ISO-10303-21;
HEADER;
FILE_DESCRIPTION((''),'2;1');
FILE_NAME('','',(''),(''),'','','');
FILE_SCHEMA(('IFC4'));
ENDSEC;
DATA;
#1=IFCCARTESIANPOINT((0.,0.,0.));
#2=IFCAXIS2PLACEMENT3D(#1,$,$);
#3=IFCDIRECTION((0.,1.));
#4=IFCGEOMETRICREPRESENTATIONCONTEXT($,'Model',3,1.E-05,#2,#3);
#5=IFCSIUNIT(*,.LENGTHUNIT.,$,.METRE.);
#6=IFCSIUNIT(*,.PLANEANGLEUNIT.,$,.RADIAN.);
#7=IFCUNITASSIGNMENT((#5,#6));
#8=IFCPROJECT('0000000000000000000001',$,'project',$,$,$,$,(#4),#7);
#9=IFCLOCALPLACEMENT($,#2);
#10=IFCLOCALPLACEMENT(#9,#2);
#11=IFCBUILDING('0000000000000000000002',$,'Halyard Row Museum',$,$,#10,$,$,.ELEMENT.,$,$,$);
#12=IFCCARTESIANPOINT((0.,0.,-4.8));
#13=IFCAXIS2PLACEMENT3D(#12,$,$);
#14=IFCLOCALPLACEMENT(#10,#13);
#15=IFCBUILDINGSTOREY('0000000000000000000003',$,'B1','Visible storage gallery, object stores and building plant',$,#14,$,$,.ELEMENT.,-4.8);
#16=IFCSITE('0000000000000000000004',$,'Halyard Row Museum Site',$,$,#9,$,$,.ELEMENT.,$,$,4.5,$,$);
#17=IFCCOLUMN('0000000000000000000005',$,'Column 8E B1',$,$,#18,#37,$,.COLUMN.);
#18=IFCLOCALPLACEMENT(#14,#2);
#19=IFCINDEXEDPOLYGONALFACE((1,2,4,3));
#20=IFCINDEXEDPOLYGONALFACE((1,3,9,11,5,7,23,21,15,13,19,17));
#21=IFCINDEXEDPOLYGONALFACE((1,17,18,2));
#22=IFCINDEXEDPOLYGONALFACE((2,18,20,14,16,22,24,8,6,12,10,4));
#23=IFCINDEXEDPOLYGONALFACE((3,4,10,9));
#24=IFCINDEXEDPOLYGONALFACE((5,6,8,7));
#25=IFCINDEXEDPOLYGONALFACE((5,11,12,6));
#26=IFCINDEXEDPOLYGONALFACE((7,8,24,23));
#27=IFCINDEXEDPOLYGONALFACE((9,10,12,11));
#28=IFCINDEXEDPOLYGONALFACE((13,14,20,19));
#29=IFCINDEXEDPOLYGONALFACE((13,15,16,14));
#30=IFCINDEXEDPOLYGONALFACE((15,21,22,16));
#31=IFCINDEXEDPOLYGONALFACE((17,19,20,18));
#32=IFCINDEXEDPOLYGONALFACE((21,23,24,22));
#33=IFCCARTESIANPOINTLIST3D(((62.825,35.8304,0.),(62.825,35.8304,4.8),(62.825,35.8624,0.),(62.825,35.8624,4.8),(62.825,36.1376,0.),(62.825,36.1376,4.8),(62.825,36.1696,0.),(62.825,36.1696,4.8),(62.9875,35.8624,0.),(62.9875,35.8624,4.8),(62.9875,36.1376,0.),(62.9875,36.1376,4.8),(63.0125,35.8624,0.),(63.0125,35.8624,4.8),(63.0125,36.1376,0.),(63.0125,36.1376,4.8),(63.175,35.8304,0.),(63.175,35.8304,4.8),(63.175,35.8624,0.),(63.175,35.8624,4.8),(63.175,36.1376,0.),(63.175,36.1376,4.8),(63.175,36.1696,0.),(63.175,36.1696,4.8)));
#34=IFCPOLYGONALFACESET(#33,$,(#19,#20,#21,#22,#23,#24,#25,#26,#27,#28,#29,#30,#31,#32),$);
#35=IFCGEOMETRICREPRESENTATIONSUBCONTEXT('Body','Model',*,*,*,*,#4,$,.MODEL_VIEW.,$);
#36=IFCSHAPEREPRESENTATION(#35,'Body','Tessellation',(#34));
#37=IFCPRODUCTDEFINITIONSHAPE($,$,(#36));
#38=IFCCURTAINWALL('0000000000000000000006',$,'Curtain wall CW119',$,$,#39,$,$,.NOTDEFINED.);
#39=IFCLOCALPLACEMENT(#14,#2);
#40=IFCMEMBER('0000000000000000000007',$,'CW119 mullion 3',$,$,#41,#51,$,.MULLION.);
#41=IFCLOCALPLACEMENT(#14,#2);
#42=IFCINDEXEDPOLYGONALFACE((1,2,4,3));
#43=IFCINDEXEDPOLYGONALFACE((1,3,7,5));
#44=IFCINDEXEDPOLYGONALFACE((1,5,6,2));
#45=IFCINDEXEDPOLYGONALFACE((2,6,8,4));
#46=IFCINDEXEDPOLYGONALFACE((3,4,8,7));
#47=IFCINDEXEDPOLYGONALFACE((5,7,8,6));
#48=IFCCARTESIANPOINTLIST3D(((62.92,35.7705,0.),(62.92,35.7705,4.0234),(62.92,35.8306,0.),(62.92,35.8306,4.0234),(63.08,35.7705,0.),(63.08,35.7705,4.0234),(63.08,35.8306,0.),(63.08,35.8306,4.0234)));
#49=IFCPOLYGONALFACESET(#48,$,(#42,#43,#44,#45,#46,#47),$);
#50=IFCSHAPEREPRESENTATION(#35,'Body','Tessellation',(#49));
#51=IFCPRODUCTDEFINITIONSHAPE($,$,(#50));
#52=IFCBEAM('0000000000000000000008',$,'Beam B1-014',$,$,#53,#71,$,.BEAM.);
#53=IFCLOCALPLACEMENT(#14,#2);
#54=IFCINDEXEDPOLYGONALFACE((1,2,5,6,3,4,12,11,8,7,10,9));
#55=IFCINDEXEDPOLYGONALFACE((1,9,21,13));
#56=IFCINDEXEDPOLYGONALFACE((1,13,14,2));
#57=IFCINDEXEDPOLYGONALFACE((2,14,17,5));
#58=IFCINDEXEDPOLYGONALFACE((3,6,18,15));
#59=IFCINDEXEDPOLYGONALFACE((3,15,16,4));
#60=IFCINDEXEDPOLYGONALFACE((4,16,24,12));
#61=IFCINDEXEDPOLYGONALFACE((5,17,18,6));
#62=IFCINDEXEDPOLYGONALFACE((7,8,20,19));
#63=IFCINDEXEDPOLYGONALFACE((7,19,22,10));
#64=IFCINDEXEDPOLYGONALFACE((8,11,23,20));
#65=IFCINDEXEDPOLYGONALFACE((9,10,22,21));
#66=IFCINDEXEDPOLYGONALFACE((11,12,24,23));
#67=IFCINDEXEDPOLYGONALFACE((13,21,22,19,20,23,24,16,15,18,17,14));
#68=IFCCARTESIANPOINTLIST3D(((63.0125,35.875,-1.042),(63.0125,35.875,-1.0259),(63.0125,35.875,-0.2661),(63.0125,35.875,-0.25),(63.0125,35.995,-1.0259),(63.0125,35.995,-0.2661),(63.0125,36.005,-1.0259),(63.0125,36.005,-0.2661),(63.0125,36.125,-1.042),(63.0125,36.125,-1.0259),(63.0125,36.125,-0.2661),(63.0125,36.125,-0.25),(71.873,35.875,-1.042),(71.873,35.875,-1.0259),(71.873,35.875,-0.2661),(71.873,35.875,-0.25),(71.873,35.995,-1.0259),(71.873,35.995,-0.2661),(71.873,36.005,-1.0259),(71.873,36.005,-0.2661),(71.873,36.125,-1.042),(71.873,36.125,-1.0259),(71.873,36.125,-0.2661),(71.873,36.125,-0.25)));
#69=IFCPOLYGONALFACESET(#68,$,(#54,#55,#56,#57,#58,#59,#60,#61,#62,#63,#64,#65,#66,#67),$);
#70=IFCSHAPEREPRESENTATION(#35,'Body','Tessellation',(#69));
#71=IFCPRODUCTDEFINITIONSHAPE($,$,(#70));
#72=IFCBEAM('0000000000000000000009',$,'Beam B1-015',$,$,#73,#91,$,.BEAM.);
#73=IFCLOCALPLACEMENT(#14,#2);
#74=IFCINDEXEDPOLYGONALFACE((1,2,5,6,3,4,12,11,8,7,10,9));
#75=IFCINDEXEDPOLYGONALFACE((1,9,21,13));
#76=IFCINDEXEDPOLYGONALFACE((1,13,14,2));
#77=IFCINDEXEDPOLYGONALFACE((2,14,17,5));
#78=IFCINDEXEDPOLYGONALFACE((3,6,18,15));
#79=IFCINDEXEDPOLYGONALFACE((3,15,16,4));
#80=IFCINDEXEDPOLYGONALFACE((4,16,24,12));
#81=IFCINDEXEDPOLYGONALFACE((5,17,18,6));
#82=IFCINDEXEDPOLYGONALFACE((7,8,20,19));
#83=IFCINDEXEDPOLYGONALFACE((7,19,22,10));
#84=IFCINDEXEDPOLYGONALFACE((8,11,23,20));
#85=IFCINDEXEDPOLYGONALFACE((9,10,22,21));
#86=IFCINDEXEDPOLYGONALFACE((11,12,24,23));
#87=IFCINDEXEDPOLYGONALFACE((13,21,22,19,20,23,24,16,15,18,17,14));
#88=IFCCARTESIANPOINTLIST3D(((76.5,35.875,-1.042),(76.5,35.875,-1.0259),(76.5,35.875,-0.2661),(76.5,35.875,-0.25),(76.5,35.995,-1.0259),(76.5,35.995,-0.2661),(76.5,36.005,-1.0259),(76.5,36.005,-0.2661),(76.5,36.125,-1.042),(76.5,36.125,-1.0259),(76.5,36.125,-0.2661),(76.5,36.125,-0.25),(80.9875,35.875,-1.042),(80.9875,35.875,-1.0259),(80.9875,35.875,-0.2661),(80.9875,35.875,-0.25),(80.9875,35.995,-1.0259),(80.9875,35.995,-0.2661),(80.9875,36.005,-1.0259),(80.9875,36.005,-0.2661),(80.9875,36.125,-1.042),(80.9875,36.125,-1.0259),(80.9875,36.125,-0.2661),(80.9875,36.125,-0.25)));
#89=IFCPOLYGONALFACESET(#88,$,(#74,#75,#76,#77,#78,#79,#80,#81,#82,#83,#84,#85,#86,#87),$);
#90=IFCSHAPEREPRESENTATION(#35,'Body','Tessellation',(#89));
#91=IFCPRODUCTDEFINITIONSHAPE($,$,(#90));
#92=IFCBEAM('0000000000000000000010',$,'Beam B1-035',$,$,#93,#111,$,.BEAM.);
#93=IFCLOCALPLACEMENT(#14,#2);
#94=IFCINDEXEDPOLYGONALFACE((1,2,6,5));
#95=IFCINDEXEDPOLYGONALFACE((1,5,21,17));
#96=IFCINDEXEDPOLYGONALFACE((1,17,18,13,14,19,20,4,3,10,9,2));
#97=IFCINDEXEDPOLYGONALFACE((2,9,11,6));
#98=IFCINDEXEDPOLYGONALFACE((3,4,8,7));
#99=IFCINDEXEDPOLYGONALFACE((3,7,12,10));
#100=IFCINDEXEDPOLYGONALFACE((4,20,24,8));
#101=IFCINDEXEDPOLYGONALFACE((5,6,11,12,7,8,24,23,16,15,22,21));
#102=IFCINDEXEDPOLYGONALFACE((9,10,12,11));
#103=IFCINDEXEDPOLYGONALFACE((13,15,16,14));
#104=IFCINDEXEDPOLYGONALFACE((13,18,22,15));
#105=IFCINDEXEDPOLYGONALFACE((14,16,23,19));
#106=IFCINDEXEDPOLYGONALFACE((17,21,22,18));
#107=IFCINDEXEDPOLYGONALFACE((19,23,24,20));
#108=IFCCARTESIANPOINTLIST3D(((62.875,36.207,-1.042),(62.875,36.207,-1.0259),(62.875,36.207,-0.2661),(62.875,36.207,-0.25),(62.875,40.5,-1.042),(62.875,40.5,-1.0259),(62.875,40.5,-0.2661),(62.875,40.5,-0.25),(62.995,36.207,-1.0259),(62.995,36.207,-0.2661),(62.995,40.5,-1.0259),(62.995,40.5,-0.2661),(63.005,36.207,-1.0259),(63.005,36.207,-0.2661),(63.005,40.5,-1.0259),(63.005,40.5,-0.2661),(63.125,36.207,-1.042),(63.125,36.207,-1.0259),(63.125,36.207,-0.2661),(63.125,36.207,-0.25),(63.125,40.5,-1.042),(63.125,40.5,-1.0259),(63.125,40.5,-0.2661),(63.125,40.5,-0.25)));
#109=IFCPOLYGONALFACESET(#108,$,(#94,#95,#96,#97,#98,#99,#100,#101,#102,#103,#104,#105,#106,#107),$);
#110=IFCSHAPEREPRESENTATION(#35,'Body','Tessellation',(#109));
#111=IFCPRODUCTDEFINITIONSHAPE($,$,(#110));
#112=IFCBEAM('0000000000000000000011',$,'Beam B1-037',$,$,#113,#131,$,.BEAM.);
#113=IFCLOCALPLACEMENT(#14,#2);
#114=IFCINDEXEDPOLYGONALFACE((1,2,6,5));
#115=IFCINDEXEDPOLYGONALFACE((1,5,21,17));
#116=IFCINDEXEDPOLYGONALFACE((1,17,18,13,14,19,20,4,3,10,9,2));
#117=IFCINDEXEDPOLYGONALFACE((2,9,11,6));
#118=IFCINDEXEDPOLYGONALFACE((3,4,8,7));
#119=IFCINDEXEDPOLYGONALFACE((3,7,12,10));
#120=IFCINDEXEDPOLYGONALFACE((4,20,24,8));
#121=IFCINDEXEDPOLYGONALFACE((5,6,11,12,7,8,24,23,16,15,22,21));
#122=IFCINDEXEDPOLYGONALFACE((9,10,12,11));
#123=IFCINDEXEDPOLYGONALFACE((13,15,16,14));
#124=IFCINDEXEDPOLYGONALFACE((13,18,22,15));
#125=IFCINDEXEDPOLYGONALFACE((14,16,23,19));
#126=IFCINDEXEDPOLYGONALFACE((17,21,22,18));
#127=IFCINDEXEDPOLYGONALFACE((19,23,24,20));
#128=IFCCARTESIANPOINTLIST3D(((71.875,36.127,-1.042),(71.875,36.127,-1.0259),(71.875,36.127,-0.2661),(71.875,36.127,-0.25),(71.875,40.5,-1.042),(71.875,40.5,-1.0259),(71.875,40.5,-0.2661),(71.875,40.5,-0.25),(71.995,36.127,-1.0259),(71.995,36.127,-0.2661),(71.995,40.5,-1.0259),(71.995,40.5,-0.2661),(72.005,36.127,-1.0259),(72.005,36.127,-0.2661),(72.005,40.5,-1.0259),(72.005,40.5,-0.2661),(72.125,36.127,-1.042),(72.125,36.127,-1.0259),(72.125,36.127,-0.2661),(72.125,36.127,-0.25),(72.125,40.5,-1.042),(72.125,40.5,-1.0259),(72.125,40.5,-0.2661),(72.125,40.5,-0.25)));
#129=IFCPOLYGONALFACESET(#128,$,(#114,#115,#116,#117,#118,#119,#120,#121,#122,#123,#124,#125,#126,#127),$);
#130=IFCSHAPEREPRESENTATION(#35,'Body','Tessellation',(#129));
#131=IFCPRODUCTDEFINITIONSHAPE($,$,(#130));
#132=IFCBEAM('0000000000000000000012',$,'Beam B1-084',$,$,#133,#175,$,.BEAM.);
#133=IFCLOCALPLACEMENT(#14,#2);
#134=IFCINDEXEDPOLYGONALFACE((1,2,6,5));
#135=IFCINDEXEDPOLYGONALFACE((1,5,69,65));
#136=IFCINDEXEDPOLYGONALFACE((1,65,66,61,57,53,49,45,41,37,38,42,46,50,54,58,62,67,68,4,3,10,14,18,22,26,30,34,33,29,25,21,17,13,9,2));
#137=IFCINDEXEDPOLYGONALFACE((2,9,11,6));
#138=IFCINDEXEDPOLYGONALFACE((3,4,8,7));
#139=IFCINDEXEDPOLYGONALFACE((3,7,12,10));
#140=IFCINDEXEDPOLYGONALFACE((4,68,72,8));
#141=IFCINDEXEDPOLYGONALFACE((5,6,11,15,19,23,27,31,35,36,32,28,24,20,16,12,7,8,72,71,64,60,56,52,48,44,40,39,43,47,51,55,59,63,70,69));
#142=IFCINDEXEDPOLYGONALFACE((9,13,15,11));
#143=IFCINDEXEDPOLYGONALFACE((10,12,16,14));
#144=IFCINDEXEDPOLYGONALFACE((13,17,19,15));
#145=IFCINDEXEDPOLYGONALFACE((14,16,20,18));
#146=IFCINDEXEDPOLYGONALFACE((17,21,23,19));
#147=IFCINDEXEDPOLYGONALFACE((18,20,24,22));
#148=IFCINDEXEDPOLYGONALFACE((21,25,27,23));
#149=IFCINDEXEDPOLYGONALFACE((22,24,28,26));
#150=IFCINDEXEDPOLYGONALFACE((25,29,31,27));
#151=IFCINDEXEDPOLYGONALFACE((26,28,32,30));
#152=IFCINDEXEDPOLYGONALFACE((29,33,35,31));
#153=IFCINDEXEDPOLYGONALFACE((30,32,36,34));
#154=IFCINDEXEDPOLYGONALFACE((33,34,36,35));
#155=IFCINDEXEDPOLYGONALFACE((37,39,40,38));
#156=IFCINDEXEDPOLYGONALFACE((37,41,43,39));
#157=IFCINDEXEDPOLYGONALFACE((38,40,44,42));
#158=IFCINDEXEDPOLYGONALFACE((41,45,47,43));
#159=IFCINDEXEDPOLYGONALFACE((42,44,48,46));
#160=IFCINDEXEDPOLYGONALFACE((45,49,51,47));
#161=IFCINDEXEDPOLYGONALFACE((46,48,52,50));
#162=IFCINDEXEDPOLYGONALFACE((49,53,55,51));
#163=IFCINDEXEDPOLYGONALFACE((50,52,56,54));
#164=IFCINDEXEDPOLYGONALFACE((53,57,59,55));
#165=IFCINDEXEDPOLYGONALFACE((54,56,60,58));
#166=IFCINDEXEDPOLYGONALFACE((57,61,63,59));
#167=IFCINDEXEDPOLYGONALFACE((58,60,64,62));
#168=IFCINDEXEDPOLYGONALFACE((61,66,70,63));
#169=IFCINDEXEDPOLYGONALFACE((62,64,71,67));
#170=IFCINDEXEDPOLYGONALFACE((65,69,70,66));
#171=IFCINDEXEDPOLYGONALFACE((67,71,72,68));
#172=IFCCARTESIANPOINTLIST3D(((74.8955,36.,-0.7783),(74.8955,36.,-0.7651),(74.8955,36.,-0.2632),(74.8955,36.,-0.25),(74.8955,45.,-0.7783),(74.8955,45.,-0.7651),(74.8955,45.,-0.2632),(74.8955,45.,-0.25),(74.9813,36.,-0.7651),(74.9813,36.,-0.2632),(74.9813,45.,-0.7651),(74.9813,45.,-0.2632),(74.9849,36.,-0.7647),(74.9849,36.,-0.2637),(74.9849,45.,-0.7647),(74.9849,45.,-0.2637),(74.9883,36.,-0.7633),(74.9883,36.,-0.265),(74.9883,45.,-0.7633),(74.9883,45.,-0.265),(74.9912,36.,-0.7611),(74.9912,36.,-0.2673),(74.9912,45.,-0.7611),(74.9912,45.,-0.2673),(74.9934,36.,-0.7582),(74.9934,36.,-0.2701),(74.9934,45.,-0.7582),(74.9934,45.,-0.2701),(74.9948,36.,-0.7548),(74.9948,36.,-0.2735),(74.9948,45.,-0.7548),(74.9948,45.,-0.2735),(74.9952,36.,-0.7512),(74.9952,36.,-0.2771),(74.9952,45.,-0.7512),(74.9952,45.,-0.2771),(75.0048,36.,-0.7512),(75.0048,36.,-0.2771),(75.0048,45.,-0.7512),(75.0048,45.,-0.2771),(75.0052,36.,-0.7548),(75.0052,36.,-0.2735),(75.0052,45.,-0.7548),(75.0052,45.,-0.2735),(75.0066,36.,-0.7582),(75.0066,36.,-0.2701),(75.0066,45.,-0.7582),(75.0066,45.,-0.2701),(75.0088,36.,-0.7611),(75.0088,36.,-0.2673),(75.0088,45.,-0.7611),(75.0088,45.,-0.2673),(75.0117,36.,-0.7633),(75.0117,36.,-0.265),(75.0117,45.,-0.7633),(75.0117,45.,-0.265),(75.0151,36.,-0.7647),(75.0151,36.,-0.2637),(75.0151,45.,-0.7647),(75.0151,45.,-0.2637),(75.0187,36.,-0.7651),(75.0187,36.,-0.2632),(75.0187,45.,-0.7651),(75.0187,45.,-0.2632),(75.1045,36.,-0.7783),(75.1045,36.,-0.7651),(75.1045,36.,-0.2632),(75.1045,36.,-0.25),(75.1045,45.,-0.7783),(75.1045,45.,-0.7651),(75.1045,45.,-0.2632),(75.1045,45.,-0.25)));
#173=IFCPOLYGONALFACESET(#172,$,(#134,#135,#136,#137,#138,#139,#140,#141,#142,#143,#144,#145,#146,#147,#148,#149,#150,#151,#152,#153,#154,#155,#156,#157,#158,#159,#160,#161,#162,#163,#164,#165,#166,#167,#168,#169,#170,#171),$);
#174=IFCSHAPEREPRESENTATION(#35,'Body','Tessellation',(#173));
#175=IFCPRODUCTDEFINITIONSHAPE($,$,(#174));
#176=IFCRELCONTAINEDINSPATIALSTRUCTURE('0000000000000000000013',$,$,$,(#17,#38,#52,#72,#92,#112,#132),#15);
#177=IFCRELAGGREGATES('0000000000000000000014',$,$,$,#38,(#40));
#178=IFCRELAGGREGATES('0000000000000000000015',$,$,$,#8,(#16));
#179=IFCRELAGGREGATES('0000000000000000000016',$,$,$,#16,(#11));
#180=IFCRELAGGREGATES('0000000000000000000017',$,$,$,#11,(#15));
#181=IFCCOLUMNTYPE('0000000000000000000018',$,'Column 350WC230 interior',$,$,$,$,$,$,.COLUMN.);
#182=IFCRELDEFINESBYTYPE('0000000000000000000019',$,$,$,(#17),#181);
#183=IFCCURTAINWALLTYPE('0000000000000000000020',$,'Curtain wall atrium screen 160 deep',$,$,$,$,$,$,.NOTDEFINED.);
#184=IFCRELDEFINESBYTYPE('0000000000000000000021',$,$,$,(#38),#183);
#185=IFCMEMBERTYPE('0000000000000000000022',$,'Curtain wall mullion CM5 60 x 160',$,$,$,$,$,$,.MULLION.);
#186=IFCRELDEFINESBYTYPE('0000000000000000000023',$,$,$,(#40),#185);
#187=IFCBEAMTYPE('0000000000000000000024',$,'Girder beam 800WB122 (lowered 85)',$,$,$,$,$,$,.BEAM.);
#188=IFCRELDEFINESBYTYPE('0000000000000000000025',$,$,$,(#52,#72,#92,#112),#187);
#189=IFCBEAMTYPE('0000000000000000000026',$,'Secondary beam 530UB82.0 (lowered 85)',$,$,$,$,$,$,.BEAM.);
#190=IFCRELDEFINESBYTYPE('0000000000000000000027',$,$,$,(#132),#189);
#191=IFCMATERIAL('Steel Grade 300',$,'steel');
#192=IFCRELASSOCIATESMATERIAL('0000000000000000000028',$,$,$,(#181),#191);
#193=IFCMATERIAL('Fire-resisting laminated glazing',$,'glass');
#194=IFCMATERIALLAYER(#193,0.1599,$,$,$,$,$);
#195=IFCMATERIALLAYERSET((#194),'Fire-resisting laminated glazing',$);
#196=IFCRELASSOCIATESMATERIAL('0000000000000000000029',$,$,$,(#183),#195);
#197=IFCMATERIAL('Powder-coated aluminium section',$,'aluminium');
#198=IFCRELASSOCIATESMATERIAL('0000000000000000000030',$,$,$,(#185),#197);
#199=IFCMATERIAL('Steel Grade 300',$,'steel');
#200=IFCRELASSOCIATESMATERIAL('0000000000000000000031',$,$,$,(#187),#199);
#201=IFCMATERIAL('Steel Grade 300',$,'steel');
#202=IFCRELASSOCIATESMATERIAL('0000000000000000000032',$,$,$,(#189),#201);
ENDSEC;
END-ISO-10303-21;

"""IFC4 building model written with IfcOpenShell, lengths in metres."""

from ifc_helpers import new_model, si_unit, direction, frame, origin, origin_2d, place, context, subcontext, project, spatial, rectangle, i_section, extrude, material, layer, layer_set, material_profile, profile_set, type_object, element, aggregate, save


model = new_model("IFC4")

# Units and contexts
model_context = context("Model", 3, precision=1e-05, world=origin(), true_north=direction((0.0, 1.0)))
body_context = subcontext(model_context, "Body", "Model", "MODEL_VIEW")
ifc_project = project(units=[si_unit("LENGTHUNIT", "METRE"), si_unit("PLANEANGLEUNIT", "RADIAN")], contexts=[model_context])

# Site, building, storey
site_placement = place(None, origin())
site = spatial("IfcSite", under=ifc_project, at=site_placement, Name="Halyard Row Museum Site", CompositionType="ELEMENT", RefElevation=4.5)
building_placement = place(site_placement, origin())
building = spatial("IfcBuilding", under=site, at=building_placement, Name="Halyard Row Museum", CompositionType="ELEMENT")
storey_placement = place(building_placement, frame((0.0, 0.0, -4.8)))
storey = spatial("IfcBuildingStorey", under=building, at=storey_placement, Name="B1", Description="Visible storage gallery, object stores and building plant", CompositionType="ELEMENT", Elevation=-4.8)

# Column
ifc_material_1 = material(Name="Steel Grade 300", Category="steel")
ifc_material_profile_1 = material_profile(ifc_material_1, i_section(OverallWidth=0.3501, OverallDepth=0.3391, WebThickness=0.0249, FlangeThickness=0.032, at=origin_2d()), Name="350WC230")
ifc_profile_set_1 = profile_set([ifc_material_profile_1], Name="Steel Grade 300")
column_type = type_object("IfcColumnType", Name="Column 350WC230 interior", PredefinedType="COLUMN", material=ifc_profile_set_1)
column_placement = place(storey_placement, frame((63.0, 36.0, 0.0), z_axis=(0.0, 0.0, 1.0), x_axis=(1.0, 0.0, 0.0)))
element("IfcColumn", 1, at=column_placement, inside=storey, type_object=column_type, Name="Column 8E B1", PredefinedType="COLUMN", context=body_context, shape_type="SweptSolid", body=[
    extrude(i_section(OverallWidth=0.3501, OverallDepth=0.3391, WebThickness=0.0249, FlangeThickness=0.032, at=origin_2d()), origin(), (0.0, 0.0, 1.0), 4.8),
])

# Curtain wall, member
ifc_material_2 = material(Name="Fire-resisting laminated glazing", Category="glass")
ifc_layer_1 = layer(ifc_material_2, 0.1599)
ifc_layer_set_1 = layer_set([ifc_layer_1], Name="Fire-resisting laminated glazing")
curtain_wall_type = type_object("IfcCurtainWallType", Name="Curtain wall atrium screen 160 deep", PredefinedType="NOTDEFINED", material=ifc_layer_set_1)
curtain_wall_placement = place(storey_placement, origin())
curtain_wall = element("IfcCurtainWall", 2, at=curtain_wall_placement, inside=storey, type_object=curtain_wall_type, Name="Curtain wall CW119", PredefinedType="NOTDEFINED")
ifc_material_3 = material(Name="Powder-coated aluminium section", Category="aluminium")
ifc_material_profile_2 = material_profile(ifc_material_3, rectangle(XDim=0.1599, YDim=0.0601, at=origin_2d()), Name="160x60 mullion")
ifc_profile_set_2 = profile_set([ifc_material_profile_2], Name="Powder-coated aluminium section")
member_type = type_object("IfcMemberType", Name="Curtain wall mullion CM5 60 x 160", PredefinedType="MULLION", material=ifc_profile_set_2)
member_placement = place(storey_placement, frame((63.0, 35.8005, 0.0), z_axis=(0.0, 0.0, 1.0), x_axis=(-1.0, 0.0, 0.0)))
member = element("IfcMember", 3, at=member_placement, type_object=member_type, Name="CW119 mullion 3", PredefinedType="MULLION", context=body_context, shape_type="SweptSolid", body=[
    extrude(rectangle(XDim=0.1599, YDim=0.0601, at=origin_2d()), origin(), (0.0, 0.0, 1.0), 4.0234),
])
aggregate(curtain_wall, [member])

# Beams
ifc_material_4 = material(Name="Steel Grade 300", Category="steel")
ifc_material_profile_3 = material_profile(ifc_material_4, i_section(OverallWidth=0.25, OverallDepth=0.792, WebThickness=0.01, FlangeThickness=0.0161, at=origin_2d()), Name="800WB122")
ifc_profile_set_3 = profile_set([ifc_material_profile_3], Name="Steel Grade 300")
beam_type_1 = type_object("IfcBeamType", Name="Girder beam 800WB122 (lowered 85)", PredefinedType="BEAM", material=ifc_profile_set_3)
beam_1_placement = place(storey_placement, frame((63.0125, 36.0, -0.646), z_axis=(1.0, 0.0, 0.0), x_axis=(0.0, 1.0, 0.0)))
element("IfcBeam", 4, at=beam_1_placement, inside=storey, type_object=beam_type_1, Name="Beam B1-014", PredefinedType="BEAM", context=body_context, shape_type="SweptSolid", body=[
    extrude(i_section(OverallWidth=0.25, OverallDepth=0.792, WebThickness=0.01, FlangeThickness=0.0161, at=origin_2d()), origin(), (0.0, 0.0, 1.0), 8.8606),
])
beam_2_placement = place(storey_placement, frame((76.5, 36.0, -0.646), z_axis=(1.0, 0.0, 0.0), x_axis=(0.0, 1.0, 0.0)))
element("IfcBeam", 5, at=beam_2_placement, inside=storey, type_object=beam_type_1, Name="Beam B1-015", PredefinedType="BEAM", context=body_context, shape_type="SweptSolid", body=[
    extrude(i_section(OverallWidth=0.25, OverallDepth=0.792, WebThickness=0.01, FlangeThickness=0.0161, at=origin_2d()), origin(), (0.0, 0.0, 1.0), 4.4875),
])
beam_3_placement = place(storey_placement, frame((63.0, 36.207, -0.646), z_axis=(0.0, 1.0, 0.0), x_axis=(-1.0, 0.0, 0.0)))
element("IfcBeam", 6, at=beam_3_placement, inside=storey, type_object=beam_type_1, Name="Beam B1-035", PredefinedType="BEAM", context=body_context, shape_type="SweptSolid", body=[
    extrude(i_section(OverallWidth=0.25, OverallDepth=0.792, WebThickness=0.01, FlangeThickness=0.0161, at=origin_2d()), origin(), (0.0, 0.0, 1.0), 4.293),
])
beam_4_placement = place(storey_placement, frame((72.0, 36.127, -0.646), z_axis=(0.0, 1.0, 0.0), x_axis=(-1.0, 0.0, 0.0)))
element("IfcBeam", 7, at=beam_4_placement, inside=storey, type_object=beam_type_1, Name="Beam B1-037", PredefinedType="BEAM", context=body_context, shape_type="SweptSolid", body=[
    extrude(i_section(OverallWidth=0.25, OverallDepth=0.792, WebThickness=0.01, FlangeThickness=0.0161, at=origin_2d()), origin(), (0.0, 0.0, 1.0), 4.373),
])
ifc_material_5 = material(Name="Steel Grade 300", Category="steel")
ifc_material_profile_4 = material_profile(ifc_material_5, i_section(OverallWidth=0.209, OverallDepth=0.5283, WebThickness=0.0095, FlangeThickness=0.0132, FilletRadius=0.0139, at=origin_2d()), Name="530UB82.0")
ifc_profile_set_4 = profile_set([ifc_material_profile_4], Name="Steel Grade 300")
beam_type_2 = type_object("IfcBeamType", Name="Secondary beam 530UB82.0 (lowered 85)", PredefinedType="BEAM", material=ifc_profile_set_4)
beam_5_placement = place(storey_placement, frame((75.0, 36.0, -0.5142), z_axis=(0.0, 1.0, 0.0), x_axis=(-1.0, 0.0, 0.0)))
element("IfcBeam", 8, at=beam_5_placement, inside=storey, type_object=beam_type_2, Name="Beam B1-084", PredefinedType="BEAM", context=body_context, shape_type="SweptSolid", body=[
    extrude(i_section(OverallWidth=0.209, OverallDepth=0.5283, WebThickness=0.0095, FlangeThickness=0.0132, FilletRadius=0.0139, at=origin_2d()), origin(), (0.0, 0.0, 1.0), 9.0),
])

save(model, "model.ifc")
